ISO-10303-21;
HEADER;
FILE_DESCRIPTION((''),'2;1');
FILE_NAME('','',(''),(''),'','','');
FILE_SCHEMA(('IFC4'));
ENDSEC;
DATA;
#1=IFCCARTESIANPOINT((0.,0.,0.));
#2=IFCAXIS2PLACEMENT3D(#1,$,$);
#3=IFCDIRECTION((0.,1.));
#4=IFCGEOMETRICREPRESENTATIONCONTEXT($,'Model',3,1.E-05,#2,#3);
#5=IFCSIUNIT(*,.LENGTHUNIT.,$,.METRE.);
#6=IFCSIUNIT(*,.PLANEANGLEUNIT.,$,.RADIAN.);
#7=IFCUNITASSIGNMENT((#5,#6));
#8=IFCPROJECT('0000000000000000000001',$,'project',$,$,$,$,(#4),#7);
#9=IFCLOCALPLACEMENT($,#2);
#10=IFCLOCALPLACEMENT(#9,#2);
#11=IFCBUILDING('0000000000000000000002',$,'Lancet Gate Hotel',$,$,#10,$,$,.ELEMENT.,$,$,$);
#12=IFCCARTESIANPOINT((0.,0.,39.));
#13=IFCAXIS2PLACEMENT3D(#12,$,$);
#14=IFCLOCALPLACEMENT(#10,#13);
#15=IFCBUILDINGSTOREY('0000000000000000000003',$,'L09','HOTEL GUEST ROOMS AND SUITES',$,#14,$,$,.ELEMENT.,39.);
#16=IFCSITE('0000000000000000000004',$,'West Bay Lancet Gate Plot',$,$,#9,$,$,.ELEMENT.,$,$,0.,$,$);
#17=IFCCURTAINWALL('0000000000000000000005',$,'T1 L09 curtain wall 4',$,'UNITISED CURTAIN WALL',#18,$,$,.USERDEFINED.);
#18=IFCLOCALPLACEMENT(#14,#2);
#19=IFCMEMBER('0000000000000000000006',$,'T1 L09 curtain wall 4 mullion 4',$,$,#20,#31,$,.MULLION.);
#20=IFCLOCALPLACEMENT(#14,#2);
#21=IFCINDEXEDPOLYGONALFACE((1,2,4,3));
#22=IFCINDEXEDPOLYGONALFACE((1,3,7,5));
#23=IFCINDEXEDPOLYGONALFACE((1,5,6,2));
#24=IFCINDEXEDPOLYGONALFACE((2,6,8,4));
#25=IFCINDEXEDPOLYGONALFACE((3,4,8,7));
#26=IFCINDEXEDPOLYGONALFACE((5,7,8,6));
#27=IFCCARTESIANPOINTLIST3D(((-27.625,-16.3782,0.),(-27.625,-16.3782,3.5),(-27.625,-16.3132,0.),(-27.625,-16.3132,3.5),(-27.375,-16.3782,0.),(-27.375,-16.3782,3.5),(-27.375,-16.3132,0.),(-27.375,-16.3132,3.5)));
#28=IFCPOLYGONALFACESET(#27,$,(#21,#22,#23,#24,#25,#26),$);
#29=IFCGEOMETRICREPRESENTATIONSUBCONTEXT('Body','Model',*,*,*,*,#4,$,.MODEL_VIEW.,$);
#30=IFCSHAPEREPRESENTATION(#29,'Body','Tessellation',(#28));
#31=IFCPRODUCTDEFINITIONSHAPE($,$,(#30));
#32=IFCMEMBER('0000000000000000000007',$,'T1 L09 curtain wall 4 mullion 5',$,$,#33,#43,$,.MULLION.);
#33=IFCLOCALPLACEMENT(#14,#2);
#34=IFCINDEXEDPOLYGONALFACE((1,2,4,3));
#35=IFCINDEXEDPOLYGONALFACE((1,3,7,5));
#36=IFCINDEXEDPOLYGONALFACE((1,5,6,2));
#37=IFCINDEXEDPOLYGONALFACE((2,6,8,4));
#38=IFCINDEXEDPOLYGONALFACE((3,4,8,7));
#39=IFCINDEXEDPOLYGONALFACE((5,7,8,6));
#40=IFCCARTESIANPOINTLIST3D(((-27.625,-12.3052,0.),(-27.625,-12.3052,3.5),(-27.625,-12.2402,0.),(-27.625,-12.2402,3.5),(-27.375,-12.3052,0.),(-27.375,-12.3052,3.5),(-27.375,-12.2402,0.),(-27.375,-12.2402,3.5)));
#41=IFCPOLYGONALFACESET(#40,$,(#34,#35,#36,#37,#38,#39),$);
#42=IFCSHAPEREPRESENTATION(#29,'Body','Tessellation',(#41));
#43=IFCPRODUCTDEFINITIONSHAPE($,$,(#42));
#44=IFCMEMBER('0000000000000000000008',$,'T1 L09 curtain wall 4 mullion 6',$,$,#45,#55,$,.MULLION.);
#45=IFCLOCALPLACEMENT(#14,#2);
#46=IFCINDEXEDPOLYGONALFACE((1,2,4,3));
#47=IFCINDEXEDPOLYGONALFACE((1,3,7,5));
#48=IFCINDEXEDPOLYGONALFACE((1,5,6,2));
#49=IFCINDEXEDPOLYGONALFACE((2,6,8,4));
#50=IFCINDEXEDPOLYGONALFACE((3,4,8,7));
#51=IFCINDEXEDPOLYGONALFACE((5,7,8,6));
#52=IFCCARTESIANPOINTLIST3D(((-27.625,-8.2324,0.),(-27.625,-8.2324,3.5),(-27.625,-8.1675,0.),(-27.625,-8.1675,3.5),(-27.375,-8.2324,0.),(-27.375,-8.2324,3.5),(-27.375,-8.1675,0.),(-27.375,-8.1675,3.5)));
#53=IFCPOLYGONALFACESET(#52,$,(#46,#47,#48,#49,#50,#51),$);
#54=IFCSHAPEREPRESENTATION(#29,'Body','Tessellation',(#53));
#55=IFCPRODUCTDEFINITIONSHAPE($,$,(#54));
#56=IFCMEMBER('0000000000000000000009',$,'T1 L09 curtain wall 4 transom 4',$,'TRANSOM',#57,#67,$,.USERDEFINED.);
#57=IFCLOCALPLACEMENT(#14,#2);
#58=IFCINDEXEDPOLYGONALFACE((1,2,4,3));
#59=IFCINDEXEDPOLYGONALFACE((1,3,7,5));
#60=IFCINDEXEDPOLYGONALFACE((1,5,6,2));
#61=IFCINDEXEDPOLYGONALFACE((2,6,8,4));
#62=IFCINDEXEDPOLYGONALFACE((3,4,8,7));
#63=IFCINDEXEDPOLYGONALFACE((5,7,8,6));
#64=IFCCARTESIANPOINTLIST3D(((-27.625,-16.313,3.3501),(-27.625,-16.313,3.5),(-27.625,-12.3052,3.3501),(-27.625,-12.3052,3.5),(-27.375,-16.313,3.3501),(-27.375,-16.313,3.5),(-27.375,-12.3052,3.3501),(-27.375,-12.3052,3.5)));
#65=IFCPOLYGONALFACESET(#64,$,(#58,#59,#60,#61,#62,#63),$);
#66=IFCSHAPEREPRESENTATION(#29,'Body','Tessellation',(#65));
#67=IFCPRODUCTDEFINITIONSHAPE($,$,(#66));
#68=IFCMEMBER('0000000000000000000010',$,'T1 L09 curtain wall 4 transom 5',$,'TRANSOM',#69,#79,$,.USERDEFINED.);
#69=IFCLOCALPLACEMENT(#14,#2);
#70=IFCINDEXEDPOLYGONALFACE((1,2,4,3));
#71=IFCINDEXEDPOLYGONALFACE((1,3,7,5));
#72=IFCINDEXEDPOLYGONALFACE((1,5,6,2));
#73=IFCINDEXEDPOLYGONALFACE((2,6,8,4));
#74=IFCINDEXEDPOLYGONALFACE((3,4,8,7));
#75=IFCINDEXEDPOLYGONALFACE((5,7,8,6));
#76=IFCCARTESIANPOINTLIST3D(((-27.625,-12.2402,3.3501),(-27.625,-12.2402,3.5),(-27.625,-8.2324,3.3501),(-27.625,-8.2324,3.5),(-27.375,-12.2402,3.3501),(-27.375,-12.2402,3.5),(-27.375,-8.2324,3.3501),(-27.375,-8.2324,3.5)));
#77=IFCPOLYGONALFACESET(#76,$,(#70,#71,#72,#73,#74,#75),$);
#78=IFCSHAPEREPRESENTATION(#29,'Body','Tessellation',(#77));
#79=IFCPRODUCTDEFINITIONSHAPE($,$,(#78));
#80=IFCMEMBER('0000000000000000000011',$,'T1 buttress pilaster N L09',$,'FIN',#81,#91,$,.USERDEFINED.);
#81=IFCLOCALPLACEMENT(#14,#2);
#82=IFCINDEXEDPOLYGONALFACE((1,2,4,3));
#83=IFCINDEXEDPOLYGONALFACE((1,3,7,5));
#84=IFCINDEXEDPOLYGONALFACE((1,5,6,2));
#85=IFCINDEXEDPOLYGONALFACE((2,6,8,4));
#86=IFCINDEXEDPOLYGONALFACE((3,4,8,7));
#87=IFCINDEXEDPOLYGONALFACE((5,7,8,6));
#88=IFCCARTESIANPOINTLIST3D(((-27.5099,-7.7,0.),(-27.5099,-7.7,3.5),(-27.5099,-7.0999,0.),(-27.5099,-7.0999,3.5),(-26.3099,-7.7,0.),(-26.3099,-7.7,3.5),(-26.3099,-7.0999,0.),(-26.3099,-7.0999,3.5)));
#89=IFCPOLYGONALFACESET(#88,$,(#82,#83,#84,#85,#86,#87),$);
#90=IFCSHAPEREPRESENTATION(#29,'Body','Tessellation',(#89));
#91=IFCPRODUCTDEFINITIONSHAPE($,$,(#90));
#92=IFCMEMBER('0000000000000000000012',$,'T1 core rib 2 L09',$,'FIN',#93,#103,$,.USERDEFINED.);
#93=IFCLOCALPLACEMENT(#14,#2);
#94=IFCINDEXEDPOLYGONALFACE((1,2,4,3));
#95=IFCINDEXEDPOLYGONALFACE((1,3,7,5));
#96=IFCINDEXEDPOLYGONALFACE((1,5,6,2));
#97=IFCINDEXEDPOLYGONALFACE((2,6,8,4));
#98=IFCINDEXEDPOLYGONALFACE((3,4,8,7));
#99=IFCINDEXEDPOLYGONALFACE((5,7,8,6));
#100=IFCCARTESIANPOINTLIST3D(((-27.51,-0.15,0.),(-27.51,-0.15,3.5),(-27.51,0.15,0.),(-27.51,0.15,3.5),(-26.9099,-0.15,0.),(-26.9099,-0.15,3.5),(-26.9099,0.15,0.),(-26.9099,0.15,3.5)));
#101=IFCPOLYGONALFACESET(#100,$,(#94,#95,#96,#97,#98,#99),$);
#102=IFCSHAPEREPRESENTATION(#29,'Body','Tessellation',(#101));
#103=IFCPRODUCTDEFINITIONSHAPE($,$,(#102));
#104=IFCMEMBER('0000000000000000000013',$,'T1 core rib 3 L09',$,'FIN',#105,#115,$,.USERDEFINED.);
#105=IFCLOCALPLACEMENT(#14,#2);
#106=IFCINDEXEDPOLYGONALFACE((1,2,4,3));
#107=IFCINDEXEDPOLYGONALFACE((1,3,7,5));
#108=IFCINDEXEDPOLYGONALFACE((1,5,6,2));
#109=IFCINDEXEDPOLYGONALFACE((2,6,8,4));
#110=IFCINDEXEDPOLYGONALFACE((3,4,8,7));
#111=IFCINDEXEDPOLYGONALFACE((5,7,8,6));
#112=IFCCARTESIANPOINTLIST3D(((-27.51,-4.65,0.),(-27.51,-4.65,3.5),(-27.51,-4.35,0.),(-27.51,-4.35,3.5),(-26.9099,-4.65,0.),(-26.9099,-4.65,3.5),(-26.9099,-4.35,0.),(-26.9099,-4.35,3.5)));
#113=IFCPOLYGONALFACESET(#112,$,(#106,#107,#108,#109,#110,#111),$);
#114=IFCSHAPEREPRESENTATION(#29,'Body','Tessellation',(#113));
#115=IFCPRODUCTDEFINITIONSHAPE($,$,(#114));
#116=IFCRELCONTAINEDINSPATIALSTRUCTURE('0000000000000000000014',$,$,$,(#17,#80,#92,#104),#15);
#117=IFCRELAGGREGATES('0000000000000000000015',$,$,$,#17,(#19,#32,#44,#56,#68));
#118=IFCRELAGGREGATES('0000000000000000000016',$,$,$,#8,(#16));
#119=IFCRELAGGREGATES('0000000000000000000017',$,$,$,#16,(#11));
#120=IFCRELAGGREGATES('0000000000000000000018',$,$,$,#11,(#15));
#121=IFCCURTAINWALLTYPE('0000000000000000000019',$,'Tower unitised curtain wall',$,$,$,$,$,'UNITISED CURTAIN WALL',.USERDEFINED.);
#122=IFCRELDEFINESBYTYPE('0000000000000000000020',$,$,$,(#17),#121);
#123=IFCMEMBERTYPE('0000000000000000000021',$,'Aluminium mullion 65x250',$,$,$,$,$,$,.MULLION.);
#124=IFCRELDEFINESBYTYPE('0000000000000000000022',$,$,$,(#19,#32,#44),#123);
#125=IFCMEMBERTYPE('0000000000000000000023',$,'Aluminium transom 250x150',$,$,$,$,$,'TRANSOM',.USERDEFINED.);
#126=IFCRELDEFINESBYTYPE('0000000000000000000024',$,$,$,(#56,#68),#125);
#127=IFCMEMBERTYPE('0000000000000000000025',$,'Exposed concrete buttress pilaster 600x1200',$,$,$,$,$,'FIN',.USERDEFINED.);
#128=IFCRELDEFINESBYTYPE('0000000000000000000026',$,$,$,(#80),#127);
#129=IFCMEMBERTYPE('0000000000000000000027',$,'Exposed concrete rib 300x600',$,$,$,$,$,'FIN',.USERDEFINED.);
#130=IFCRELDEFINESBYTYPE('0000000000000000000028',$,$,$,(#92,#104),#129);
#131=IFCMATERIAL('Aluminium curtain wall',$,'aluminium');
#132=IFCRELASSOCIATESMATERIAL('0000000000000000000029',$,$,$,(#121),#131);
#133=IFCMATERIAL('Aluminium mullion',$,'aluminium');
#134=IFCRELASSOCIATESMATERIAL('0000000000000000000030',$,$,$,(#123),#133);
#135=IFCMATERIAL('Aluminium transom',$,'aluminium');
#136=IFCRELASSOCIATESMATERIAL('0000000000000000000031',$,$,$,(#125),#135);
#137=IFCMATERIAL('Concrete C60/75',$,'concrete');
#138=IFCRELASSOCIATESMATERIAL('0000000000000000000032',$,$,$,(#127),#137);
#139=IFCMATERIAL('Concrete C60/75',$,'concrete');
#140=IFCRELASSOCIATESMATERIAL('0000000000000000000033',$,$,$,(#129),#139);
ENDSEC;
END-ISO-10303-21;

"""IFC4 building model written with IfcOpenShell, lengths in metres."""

from ifc_helpers import new_model, si_unit, direction, frame, origin, origin_2d, place, context, subcontext, project, spatial, rectangle, extrude, material, material_profile, profile_set, type_object, element, aggregate, save


model = new_model("IFC4")

# Units and contexts
model_context = context("Model", 3, precision=1e-05, world=origin(), true_north=direction((0.0, 1.0)))
body_context = subcontext(model_context, "Body", "Model", "MODEL_VIEW")
ifc_project = project(units=[si_unit("LENGTHUNIT", "METRE"), si_unit("PLANEANGLEUNIT", "RADIAN")], contexts=[model_context])

# Site, building, storey
site_placement = place(None, origin())
site = spatial("IfcSite", under=ifc_project, at=site_placement, Name="West Bay Lancet Gate Plot", CompositionType="ELEMENT", RefElevation=0.0)
building_placement = place(site_placement, origin())
building = spatial("IfcBuilding", under=site, at=building_placement, Name="Lancet Gate Hotel", CompositionType="ELEMENT")
storey_placement = place(building_placement, frame((0.0, 0.0, 39.0)))
storey = spatial("IfcBuildingStorey", under=building, at=storey_placement, Name="L09", Description="HOTEL GUEST ROOMS AND SUITES", CompositionType="ELEMENT", Elevation=39.0)

# Curtain wall, members
ifc_material_1 = material(Name="Aluminium curtain wall", Category="aluminium")
curtain_wall_type = type_object("IfcCurtainWallType", Name="Tower unitised curtain wall", ElementType="UNITISED CURTAIN WALL", PredefinedType="USERDEFINED", material=ifc_material_1)
curtain_wall_placement = place(storey_placement, origin())
curtain_wall = element("IfcCurtainWall", 1, at=curtain_wall_placement, inside=storey, type_object=curtain_wall_type, Name="T1 L09 curtain wall 4", ObjectType="UNITISED CURTAIN WALL", PredefinedType="USERDEFINED")
ifc_material_2 = material(Name="Aluminium mullion", Category="aluminium")
ifc_material_profile_1 = material_profile(ifc_material_2, rectangle(XDim=0.0649, YDim=0.25, at=origin_2d()), Name="MULLION 65x250")
ifc_profile_set_1 = profile_set([ifc_material_profile_1], Name="Aluminium mullion")
member_type_1 = type_object("IfcMemberType", Name="Aluminium mullion 65x250", PredefinedType="MULLION", material=ifc_profile_set_1)
member_1_placement = place(storey_placement, frame((-27.5, -16.3457, 0.0), z_axis=(0.0, 0.0, 1.0), x_axis=(0.0, 1.0, 0.0)))
member_1 = element("IfcMember", 2, at=member_1_placement, type_object=member_type_1, Name="T1 L09 curtain wall 4 mullion 4", PredefinedType="MULLION", context=body_context, shape_type="SweptSolid", body=[
    extrude(rectangle(XDim=0.0649, YDim=0.25, at=origin_2d()), origin(), (0.0, 0.0, 1.0), 3.5),
])
member_2_placement = place(storey_placement, frame((-27.5, -12.2727, 0.0), z_axis=(0.0, 0.0, 1.0), x_axis=(0.0, 1.0, 0.0)))
member_2 = element("IfcMember", 3, at=member_2_placement, type_object=member_type_1, Name="T1 L09 curtain wall 4 mullion 5", PredefinedType="MULLION", context=body_context, shape_type="SweptSolid", body=[
    extrude(rectangle(XDim=0.0649, YDim=0.25, at=origin_2d()), origin(), (0.0, 0.0, 1.0), 3.5),
])
member_3_placement = place(storey_placement, frame((-27.5, -8.2, 0.0), z_axis=(0.0, 0.0, 1.0), x_axis=(0.0, 1.0, 0.0)))
member_3 = element("IfcMember", 4, at=member_3_placement, type_object=member_type_1, Name="T1 L09 curtain wall 4 mullion 6", PredefinedType="MULLION", context=body_context, shape_type="SweptSolid", body=[
    extrude(rectangle(XDim=0.0649, YDim=0.25, at=origin_2d()), origin(), (0.0, 0.0, 1.0), 3.5),
])
ifc_material_3 = material(Name="Aluminium transom", Category="aluminium")
ifc_material_profile_2 = material_profile(ifc_material_3, rectangle(XDim=0.25, YDim=0.1499, at=origin_2d()), Name="TRANSOM 250x150")
ifc_profile_set_2 = profile_set([ifc_material_profile_2], Name="Aluminium transom")
member_type_2 = type_object("IfcMemberType", Name="Aluminium transom 250x150", ElementType="TRANSOM", PredefinedType="USERDEFINED", material=ifc_profile_set_2)
member_4_placement = place(storey_placement, frame((-27.5, -16.313, 3.425), z_axis=(0.0, 1.0, 0.0), x_axis=(-1.0, 0.0, 0.0)))
member_4 = element("IfcMember", 5, at=member_4_placement, type_object=member_type_2, Name="T1 L09 curtain wall 4 transom 4", ObjectType="TRANSOM", PredefinedType="USERDEFINED", context=body_context, shape_type="SweptSolid", body=[
    extrude(rectangle(XDim=0.25, YDim=0.1499, at=origin_2d()), origin(), (0.0, 0.0, 1.0), 4.0078),
])
member_5_placement = place(storey_placement, frame((-27.5, -12.2402, 3.425), z_axis=(0.0, 1.0, 0.0), x_axis=(-1.0, 0.0, 0.0)))
member_5 = element("IfcMember", 6, at=member_5_placement, type_object=member_type_2, Name="T1 L09 curtain wall 4 transom 5", ObjectType="TRANSOM", PredefinedType="USERDEFINED", context=body_context, shape_type="SweptSolid", body=[
    extrude(rectangle(XDim=0.25, YDim=0.1499, at=origin_2d()), origin(), (0.0, 0.0, 1.0), 4.0078),
])

# Members
ifc_material_4 = material(Name="Concrete C60/75", Category="concrete")
ifc_material_profile_3 = material_profile(ifc_material_4, rectangle(XDim=0.6001, YDim=1.2, at=origin_2d()), Name="FIN 600x1200")
ifc_profile_set_3 = profile_set([ifc_material_profile_3], Name="Concrete C60/75")
member_type_3 = type_object("IfcMemberType", Name="Exposed concrete buttress pilaster 600x1200", ElementType="FIN", PredefinedType="USERDEFINED", material=ifc_profile_set_3)
member_6_placement = place(storey_placement, frame((-26.9099, -7.3999, 0.0), z_axis=(0.0, 0.0, 1.0), x_axis=(0.0, 1.0, 0.0)))
element("IfcMember", 7, at=member_6_placement, inside=storey, type_object=member_type_3, Name="T1 buttress pilaster N L09", ObjectType="FIN", PredefinedType="USERDEFINED", context=body_context, shape_type="SweptSolid", body=[
    extrude(rectangle(XDim=0.6001, YDim=1.2, at=origin_2d()), origin(), (0.0, 0.0, 1.0), 3.5),
])
ifc_material_5 = material(Name="Concrete C60/75", Category="concrete")
ifc_material_profile_4 = material_profile(ifc_material_5, rectangle(XDim=0.3, YDim=0.6001, at=origin_2d()), Name="FIN 300x600")
ifc_profile_set_4 = profile_set([ifc_material_profile_4], Name="Concrete C60/75")
member_type_4 = type_object("IfcMemberType", Name="Exposed concrete rib 300x600", ElementType="FIN", PredefinedType="USERDEFINED", material=ifc_profile_set_4)
for number, where, z_axis, x_axis, name in (
    (8, (-27.21, 0.0, 0.0), (0.0, 0.0, 1.0), (0.0, 1.0, 0.0), "T1 core rib 2 L09"),
    (9, (-27.21, -4.5, 0.0), (0.0, 0.0, 1.0), (0.0, 1.0, 0.0), "T1 core rib 3 L09"),
):
    element("IfcMember", number, at=place(storey_placement, frame(where, z_axis=z_axis, x_axis=x_axis)), inside=storey, type_object=member_type_4, Name=name, ObjectType="FIN", PredefinedType="USERDEFINED", context=body_context, shape_type="SweptSolid", body=[
        extrude(rectangle(XDim=0.3, YDim=0.6001, at=origin_2d()), origin(), (0.0, 0.0, 1.0), 3.5),
    ])

aggregate(curtain_wall, [member_1, member_2, member_3, member_4, member_5])

save(model, "model.ifc")
